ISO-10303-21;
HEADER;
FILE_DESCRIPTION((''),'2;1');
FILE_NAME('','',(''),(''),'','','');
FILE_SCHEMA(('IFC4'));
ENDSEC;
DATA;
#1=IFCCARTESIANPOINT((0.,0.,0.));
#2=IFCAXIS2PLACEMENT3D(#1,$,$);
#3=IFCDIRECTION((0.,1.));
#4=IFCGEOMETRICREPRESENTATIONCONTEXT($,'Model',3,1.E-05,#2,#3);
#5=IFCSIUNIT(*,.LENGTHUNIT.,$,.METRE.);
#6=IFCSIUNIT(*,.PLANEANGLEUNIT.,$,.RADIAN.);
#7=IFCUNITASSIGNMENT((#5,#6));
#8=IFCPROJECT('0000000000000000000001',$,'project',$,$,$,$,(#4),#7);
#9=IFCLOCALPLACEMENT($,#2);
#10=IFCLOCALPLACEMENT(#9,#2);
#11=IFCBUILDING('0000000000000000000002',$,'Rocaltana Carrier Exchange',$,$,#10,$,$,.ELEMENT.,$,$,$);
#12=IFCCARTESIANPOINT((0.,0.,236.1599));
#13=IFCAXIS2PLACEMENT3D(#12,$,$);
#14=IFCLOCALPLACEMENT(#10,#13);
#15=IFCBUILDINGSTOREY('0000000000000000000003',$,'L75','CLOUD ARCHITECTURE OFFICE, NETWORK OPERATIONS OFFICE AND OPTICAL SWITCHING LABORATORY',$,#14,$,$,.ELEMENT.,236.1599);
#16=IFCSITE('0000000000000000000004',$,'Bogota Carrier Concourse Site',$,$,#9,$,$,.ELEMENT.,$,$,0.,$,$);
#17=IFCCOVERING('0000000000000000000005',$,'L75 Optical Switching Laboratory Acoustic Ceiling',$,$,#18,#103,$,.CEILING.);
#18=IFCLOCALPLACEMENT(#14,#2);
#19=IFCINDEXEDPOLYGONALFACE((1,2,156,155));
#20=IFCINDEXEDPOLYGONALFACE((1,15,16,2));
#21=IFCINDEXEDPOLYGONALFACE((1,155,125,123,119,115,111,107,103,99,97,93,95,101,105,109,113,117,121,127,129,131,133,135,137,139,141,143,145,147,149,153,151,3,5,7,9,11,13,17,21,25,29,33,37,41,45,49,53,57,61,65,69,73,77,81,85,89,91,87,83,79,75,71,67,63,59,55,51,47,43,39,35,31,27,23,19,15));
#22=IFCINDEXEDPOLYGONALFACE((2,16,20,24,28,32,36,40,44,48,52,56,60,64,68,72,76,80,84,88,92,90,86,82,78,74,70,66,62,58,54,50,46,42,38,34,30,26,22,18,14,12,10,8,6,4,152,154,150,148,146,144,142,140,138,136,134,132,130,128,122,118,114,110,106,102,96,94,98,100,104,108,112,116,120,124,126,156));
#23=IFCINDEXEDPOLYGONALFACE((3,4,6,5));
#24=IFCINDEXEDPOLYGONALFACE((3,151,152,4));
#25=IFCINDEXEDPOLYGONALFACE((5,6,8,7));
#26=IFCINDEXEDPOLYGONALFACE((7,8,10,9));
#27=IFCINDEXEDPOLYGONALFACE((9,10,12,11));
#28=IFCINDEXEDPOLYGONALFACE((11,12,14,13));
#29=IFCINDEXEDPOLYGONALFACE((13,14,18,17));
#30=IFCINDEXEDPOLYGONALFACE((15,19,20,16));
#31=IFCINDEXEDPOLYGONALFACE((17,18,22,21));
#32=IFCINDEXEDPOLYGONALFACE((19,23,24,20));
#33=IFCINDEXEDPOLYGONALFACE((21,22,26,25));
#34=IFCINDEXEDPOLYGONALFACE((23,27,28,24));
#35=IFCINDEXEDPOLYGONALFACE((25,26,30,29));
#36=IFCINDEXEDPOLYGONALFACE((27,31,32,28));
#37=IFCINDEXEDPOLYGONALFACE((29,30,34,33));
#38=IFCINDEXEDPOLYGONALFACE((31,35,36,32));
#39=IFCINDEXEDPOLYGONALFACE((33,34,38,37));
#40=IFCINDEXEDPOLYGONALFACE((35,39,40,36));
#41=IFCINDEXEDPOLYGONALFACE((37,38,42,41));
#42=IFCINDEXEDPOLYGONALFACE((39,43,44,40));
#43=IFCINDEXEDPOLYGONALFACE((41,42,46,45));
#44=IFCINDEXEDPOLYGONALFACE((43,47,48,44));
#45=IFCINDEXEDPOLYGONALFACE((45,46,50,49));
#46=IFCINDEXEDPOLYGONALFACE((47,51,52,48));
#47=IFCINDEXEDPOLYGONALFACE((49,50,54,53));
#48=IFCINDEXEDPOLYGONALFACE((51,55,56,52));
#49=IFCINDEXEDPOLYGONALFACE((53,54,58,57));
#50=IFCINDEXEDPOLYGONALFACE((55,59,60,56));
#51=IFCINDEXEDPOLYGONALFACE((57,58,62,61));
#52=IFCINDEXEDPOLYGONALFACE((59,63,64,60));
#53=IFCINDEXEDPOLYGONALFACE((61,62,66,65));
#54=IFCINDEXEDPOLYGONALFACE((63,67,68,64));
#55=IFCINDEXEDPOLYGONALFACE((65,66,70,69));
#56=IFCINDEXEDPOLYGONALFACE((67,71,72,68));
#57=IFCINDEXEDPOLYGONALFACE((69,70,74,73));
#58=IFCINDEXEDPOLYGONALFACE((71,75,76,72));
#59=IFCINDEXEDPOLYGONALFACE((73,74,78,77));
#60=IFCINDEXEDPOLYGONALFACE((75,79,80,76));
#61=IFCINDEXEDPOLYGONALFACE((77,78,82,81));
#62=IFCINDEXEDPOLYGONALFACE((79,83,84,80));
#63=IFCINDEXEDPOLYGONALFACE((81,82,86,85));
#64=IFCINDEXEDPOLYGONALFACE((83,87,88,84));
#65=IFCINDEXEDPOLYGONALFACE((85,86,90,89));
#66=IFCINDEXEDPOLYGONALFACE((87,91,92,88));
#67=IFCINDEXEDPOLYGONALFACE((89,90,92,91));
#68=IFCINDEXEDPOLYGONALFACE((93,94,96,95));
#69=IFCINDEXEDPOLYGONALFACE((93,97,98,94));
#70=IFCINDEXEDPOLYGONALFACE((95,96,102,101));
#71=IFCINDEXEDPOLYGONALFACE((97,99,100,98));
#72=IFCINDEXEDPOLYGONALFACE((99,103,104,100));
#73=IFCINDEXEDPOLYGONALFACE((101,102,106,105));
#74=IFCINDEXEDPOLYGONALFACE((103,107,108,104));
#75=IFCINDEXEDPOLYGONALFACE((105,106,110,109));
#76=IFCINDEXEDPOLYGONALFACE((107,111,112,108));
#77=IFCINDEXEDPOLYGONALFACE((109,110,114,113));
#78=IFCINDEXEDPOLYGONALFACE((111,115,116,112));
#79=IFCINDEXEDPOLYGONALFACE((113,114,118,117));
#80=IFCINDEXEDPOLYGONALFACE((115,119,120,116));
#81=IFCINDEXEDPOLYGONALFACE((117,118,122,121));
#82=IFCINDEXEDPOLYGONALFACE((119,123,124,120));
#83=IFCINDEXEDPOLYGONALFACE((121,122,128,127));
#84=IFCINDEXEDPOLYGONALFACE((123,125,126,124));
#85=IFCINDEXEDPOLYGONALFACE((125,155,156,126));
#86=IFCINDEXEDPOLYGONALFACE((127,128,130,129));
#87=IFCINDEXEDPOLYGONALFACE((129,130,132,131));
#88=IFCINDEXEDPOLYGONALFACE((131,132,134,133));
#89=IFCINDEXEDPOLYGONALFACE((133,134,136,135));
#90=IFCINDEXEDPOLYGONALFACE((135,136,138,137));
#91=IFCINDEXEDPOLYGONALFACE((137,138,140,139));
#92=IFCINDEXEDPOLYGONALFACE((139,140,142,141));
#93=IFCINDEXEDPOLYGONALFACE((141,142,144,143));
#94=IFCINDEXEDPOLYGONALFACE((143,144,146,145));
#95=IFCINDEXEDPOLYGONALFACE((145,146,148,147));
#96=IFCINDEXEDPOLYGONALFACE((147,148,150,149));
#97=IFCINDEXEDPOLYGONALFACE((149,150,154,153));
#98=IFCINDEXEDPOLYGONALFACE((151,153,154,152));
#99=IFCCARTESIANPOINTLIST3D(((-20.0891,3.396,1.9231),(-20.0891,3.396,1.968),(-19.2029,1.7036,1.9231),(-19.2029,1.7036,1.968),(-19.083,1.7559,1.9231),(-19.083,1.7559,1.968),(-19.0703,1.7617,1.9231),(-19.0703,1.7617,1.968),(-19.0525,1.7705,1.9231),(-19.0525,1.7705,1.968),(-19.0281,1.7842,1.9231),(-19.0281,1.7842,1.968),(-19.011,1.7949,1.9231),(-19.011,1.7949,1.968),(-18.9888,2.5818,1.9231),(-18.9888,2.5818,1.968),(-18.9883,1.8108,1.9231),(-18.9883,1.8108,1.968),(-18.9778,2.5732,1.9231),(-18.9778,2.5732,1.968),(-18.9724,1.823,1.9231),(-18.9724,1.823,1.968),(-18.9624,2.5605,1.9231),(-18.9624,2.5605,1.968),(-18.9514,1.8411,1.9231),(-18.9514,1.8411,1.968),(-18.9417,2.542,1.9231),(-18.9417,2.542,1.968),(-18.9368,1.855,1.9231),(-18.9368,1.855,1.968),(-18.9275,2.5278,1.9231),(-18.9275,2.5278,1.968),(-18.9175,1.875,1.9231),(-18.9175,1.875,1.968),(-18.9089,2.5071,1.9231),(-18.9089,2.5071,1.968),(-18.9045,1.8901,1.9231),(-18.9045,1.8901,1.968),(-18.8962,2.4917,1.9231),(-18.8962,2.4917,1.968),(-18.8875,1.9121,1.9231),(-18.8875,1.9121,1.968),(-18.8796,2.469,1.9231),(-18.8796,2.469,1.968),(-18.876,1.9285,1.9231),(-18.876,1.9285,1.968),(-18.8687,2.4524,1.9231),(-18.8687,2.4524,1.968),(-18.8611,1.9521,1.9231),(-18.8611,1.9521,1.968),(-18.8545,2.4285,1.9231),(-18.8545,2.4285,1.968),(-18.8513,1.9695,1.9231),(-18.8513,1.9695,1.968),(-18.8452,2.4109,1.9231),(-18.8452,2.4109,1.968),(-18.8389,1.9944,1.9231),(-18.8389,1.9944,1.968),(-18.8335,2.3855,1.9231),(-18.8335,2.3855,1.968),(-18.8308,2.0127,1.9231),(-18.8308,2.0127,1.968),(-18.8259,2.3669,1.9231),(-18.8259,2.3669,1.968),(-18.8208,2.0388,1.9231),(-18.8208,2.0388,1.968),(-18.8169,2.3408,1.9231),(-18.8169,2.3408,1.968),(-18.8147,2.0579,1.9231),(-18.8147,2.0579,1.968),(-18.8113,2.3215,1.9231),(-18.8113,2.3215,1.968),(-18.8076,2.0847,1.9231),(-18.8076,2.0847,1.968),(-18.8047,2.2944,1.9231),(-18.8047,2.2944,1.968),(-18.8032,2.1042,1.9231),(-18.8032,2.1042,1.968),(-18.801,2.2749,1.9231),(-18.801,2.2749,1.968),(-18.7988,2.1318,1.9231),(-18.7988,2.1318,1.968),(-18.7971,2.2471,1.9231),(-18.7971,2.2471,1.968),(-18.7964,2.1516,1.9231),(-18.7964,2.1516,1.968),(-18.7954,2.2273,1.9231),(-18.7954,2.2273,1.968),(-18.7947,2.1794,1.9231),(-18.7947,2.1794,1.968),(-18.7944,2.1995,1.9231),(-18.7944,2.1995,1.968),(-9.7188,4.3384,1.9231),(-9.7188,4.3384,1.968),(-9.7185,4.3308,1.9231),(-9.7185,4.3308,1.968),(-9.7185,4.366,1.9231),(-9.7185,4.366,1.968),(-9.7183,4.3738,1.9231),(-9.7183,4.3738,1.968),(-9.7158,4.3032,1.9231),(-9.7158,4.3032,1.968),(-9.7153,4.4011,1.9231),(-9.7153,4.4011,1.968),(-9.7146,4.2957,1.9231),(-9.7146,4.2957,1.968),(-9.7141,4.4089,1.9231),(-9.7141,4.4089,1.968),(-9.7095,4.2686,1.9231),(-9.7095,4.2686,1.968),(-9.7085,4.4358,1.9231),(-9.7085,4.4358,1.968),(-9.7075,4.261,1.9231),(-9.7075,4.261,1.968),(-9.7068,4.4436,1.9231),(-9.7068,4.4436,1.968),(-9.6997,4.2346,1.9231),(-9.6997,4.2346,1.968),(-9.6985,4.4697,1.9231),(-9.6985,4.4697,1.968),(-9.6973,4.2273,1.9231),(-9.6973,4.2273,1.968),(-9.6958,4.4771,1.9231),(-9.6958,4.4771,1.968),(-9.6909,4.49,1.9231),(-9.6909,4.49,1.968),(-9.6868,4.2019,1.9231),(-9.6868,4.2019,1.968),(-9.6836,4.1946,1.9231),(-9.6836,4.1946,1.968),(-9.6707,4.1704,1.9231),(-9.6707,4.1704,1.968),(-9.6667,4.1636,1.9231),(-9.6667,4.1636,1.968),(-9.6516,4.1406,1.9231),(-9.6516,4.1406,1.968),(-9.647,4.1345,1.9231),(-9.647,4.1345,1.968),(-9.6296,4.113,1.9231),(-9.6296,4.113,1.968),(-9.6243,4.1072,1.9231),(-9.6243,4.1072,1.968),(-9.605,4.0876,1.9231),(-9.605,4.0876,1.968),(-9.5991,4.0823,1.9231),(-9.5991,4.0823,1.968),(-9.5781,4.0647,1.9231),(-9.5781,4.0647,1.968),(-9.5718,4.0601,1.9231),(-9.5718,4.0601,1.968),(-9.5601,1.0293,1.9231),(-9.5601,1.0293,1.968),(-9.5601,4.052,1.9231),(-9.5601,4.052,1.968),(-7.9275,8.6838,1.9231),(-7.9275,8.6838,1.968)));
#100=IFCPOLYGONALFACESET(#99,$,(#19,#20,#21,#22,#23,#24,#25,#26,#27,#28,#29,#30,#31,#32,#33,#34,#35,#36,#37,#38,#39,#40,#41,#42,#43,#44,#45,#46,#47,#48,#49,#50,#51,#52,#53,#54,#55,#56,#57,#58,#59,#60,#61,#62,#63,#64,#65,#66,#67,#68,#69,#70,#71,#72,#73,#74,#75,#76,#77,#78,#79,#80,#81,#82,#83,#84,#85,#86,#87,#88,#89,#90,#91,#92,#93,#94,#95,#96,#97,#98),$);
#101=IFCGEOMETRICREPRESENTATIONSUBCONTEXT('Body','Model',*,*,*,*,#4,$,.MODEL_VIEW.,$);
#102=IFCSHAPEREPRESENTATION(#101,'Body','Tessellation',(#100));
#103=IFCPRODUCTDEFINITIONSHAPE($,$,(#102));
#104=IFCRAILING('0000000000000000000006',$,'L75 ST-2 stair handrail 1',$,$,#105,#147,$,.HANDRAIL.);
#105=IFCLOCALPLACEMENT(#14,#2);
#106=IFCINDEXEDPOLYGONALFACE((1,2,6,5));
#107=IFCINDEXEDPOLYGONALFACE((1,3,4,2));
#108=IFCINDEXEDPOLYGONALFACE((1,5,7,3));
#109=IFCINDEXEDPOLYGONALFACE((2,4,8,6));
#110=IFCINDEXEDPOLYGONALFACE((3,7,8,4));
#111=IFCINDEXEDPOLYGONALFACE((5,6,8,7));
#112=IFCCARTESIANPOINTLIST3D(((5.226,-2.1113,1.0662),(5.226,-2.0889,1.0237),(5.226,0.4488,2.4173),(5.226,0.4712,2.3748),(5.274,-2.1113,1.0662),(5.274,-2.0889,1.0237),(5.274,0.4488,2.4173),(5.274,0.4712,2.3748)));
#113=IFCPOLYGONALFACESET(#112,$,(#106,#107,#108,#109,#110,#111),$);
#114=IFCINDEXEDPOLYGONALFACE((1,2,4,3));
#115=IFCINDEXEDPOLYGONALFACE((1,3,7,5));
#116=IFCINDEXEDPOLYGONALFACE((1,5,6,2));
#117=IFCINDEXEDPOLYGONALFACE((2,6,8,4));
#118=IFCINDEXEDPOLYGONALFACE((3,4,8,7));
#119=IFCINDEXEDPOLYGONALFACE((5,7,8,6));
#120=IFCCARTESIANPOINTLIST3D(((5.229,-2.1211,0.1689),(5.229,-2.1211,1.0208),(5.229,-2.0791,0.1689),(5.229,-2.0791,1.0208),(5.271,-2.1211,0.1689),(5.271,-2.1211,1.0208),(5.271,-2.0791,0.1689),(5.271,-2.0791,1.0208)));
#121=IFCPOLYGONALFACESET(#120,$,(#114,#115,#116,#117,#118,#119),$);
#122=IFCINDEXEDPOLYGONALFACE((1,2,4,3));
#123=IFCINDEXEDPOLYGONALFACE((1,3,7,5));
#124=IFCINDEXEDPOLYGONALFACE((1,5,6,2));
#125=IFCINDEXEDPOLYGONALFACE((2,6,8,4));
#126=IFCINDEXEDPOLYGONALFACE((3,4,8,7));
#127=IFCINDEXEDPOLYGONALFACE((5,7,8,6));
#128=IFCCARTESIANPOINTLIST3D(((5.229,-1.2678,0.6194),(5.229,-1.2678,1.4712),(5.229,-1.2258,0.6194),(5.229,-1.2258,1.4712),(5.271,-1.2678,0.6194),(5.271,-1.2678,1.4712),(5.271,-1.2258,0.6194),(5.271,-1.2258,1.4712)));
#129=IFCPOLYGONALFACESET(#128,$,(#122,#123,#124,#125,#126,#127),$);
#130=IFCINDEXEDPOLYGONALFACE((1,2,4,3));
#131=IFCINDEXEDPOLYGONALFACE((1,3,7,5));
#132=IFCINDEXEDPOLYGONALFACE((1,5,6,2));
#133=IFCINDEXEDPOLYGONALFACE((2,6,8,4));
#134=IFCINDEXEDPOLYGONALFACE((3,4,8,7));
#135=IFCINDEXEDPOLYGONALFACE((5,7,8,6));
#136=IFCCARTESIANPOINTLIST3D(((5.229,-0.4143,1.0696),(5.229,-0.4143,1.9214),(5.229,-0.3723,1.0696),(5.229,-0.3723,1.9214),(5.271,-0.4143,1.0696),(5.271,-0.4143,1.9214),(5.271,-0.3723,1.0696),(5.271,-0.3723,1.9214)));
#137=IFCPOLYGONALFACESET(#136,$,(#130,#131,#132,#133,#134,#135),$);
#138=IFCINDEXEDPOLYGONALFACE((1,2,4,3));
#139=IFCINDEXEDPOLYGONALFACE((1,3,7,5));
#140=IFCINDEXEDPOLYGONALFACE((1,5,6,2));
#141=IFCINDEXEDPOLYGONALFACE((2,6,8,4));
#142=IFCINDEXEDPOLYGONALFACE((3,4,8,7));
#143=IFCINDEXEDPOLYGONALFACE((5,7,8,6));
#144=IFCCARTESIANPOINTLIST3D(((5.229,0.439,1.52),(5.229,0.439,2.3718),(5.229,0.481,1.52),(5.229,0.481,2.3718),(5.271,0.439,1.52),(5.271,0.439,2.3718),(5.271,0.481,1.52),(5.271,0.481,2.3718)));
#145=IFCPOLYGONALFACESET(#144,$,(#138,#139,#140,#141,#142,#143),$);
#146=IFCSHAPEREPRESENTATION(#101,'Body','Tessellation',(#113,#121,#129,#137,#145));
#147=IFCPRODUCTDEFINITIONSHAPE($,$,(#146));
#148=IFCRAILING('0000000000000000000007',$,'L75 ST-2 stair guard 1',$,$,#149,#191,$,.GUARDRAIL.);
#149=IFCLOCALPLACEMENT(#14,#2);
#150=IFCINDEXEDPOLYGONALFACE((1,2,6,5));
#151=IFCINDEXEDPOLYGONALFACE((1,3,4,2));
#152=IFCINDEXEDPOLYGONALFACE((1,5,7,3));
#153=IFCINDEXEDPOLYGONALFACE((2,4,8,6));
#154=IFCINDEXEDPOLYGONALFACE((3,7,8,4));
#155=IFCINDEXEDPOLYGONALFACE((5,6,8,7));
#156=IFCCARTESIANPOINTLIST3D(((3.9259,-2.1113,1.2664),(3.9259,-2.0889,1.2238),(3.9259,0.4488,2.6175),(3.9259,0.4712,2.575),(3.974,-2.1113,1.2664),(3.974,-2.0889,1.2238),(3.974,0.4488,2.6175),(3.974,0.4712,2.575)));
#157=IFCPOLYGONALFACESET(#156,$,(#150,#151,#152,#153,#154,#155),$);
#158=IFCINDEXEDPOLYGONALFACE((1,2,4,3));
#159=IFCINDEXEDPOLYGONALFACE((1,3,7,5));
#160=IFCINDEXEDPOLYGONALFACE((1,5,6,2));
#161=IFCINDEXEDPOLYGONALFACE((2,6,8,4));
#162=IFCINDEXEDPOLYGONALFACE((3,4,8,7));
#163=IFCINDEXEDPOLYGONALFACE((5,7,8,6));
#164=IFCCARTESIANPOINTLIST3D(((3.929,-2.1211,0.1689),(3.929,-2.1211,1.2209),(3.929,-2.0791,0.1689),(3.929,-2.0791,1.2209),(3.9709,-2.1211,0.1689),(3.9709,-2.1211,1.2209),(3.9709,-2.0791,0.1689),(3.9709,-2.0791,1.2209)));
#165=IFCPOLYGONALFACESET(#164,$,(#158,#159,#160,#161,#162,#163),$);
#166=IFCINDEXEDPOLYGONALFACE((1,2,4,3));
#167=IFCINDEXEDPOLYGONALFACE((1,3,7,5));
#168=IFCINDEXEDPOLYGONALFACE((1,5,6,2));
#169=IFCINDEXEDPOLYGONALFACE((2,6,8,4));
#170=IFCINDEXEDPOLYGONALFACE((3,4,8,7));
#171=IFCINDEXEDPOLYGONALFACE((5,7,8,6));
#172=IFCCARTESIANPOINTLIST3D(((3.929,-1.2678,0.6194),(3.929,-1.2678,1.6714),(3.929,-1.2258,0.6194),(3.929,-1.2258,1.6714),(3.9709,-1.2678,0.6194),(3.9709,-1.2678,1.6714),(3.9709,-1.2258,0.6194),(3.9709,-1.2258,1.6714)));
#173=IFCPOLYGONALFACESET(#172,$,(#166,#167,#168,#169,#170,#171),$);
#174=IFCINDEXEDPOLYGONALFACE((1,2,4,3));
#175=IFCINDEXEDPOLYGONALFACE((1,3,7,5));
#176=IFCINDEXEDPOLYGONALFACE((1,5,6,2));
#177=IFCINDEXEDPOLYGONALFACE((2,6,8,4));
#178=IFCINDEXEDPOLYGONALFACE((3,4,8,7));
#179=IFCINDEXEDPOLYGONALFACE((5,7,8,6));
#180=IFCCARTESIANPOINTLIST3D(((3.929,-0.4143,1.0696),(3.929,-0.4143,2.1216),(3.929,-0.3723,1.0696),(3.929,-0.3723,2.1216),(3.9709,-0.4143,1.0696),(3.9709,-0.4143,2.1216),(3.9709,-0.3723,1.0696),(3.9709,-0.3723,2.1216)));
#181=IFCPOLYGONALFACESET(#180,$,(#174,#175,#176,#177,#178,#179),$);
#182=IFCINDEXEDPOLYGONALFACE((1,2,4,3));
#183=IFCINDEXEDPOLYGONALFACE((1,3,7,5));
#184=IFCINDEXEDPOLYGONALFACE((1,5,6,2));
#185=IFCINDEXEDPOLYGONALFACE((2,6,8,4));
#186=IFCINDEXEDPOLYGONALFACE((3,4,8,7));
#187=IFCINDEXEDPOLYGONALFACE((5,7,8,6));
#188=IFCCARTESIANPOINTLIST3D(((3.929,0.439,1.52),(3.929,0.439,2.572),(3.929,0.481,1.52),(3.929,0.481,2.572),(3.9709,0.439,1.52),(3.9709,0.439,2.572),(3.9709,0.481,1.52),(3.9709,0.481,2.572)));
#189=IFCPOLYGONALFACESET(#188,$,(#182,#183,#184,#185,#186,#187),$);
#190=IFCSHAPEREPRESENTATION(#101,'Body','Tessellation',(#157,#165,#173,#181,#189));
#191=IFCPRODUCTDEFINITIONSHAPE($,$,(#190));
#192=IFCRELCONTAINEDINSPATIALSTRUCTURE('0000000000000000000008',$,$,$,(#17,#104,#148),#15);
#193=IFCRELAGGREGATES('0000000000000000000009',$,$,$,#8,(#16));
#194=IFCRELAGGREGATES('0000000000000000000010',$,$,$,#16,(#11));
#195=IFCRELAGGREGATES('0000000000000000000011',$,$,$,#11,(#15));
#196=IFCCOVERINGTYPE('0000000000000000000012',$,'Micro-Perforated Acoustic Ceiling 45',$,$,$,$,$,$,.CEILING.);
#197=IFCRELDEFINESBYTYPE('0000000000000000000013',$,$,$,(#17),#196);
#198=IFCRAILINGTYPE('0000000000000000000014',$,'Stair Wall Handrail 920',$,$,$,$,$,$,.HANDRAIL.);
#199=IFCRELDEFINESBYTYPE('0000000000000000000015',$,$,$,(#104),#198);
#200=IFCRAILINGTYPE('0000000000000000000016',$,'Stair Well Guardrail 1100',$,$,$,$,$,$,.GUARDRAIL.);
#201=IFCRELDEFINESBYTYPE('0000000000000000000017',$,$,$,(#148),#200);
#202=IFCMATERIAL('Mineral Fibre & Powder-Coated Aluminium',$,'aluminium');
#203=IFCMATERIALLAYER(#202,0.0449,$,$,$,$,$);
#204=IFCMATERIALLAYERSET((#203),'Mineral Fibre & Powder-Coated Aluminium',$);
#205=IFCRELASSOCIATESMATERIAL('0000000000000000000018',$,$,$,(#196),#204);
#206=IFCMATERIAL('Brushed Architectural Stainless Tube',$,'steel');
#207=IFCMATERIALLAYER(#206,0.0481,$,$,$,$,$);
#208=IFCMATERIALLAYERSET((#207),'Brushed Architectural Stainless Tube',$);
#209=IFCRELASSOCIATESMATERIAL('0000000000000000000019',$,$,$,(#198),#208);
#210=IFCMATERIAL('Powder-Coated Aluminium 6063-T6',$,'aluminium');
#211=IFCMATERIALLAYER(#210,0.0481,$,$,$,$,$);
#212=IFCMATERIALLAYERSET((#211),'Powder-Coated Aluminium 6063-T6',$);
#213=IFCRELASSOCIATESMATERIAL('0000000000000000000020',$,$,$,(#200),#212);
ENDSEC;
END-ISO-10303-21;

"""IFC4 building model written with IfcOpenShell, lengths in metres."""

from ifc_helpers import new_model, si_unit, direction, frame, origin, origin_2d, place, context, subcontext, project, spatial, polyline, rectangle, outline, extrude, material, layer, layer_set, type_object, element, save


model = new_model("IFC4")

# Units and contexts
model_context = context("Model", 3, precision=1e-05, world=origin(), true_north=direction((0.0, 1.0)))
body_context = subcontext(model_context, "Body", "Model", "MODEL_VIEW")
ifc_project = project(units=[si_unit("LENGTHUNIT", "METRE"), si_unit("PLANEANGLEUNIT", "RADIAN")], contexts=[model_context])

# Site, building, storey
site_placement = place(None, origin())
site = spatial("IfcSite", under=ifc_project, at=site_placement, Name="Bogota Carrier Concourse Site", CompositionType="ELEMENT", RefElevation=0.0)
building_placement = place(site_placement, origin())
building = spatial("IfcBuilding", under=site, at=building_placement, Name="Rocaltana Carrier Exchange", CompositionType="ELEMENT")
storey_placement = place(building_placement, frame((0.0, 0.0, 236.1599)))
storey = spatial("IfcBuildingStorey", under=building, at=storey_placement, Name="L75", Description="CLOUD ARCHITECTURE OFFICE, NETWORK OPERATIONS OFFICE AND OPTICAL SWITCHING LABORATORY", CompositionType="ELEMENT", Elevation=236.1599)

# Covering
ifc_material_1 = material(Name="Mineral Fibre & Powder-Coated Aluminium", Category="aluminium")
ifc_layer_1 = layer(ifc_material_1, 0.0449)
ifc_layer_set_1 = layer_set([ifc_layer_1], Name="Mineral Fibre & Powder-Coated Aluminium")
covering_type_1 = type_object("IfcCoveringType", Name="Micro-Perforated Acoustic Ceiling 45", PredefinedType="CEILING", material=ifc_layer_set_1)
covering_1_placement = place(storey_placement, frame((0.0, 0.0, 1.9231)))
element("IfcCovering", 1, at=covering_1_placement, inside=storey, type_object=covering_type_1, Name="L75 Optical Switching Laboratory Acoustic Ceiling", PredefinedType="CEILING", context=body_context, shape_type="SweptSolid", body=[
    extrude(outline(polyline([(-19.083, 1.7559), (-19.0703, 1.7617), (-19.0525, 1.7705), (-19.0281, 1.7842), (-19.011, 1.7949), (-18.9883, 1.8108), (-18.9724, 1.823), (-18.9514, 1.8411), (-18.9368, 1.855), (-18.9175, 1.875), (-18.9045, 1.8901), (-18.8875, 1.9121), (-18.876, 1.9285), (-18.8611, 1.9521), (-18.8513, 1.9695), (-18.8389, 1.9944), (-18.8308, 2.0127), (-18.8208, 2.0388), (-18.8147, 2.0579), (-18.8076, 2.0847), (-18.8032, 2.1042), (-18.7988, 2.1318), (-18.7964, 2.1516), (-18.7947, 2.1794), (-18.7944, 2.1995), (-18.7954, 2.2273), (-18.7971, 2.2471), (-18.801, 2.2749), (-18.8047, 2.2944), (-18.8113, 2.3215), (-18.8169, 2.3408), (-18.8259, 2.3669), (-18.8335, 2.3855), (-18.8452, 2.4109), (-18.8545, 2.4285), (-18.8687, 2.4524), (-18.8796, 2.469), (-18.8962, 2.4917), (-18.9089, 2.5071), (-18.9275, 2.5278), (-18.9417, 2.542), (-18.9624, 2.5605), (-18.9778, 2.5732), (-18.9888, 2.5818), (-20.0891, 3.396), (-7.9275, 8.6838), (-9.6909, 4.49), (-9.6958, 4.4771), (-9.6985, 4.4697), (-9.7068, 4.4436), (-9.7085, 4.4358), (-9.7141, 4.4089), (-9.7153, 4.4011), (-9.7183, 4.3738), (-9.7185, 4.366), (-9.7188, 4.3384), (-9.7185, 4.3308), (-9.7158, 4.3032), (-9.7146, 4.2957), (-9.7095, 4.2686), (-9.7075, 4.261), (-9.6997, 4.2346), (-9.6973, 4.2273), (-9.6868, 4.2019), (-9.6836, 4.1946), (-9.6707, 4.1704), (-9.6667, 4.1636), (-9.6516, 4.1406), (-9.647, 4.1345), (-9.6296, 4.113), (-9.6243, 4.1072), (-9.605, 4.0876), (-9.5991, 4.0823), (-9.5781, 4.0647), (-9.5718, 4.0601), (-9.5601, 4.052), (-9.5601, 1.0293), (-19.2029, 1.7036), (-19.083, 1.7559)])), origin(), (0.0, 0.0, 1.0), 0.0449),
])

# Railings
ifc_material_2 = material(Name="Brushed Architectural Stainless Tube", Category="steel")
ifc_layer_2 = layer(ifc_material_2, 0.0481)
ifc_layer_set_2 = layer_set([ifc_layer_2], Name="Brushed Architectural Stainless Tube")
railing_type_1 = type_object("IfcRailingType", Name="Stair Wall Handrail 920", PredefinedType="HANDRAIL", material=ifc_layer_set_2)
railing_1_placement = place(storey_placement, frame((5.25, -2.1001, 0.1689)))
element("IfcRailing", 2, at=railing_1_placement, inside=storey, type_object=railing_type_1, Name="L75 ST-2 stair handrail 1", PredefinedType="HANDRAIL", context=body_context, shape_type="SweptSolid", body=[
    extrude(rectangle(XDim=0.0481, YDim=0.0481, at=origin_2d()), frame((0.0, 0.0, 0.876), z_axis=(0.0, 0.884394, 0.46674), x_axis=(-1.0, 0.0, 0.0)), (0.0, 0.0, 1.0), 2.8948),
    extrude(rectangle(XDim=0.042, YDim=0.042, at=origin_2d()), origin(), (0.0, 0.0, 1.0), 0.8518),
    extrude(rectangle(XDim=0.042, YDim=0.042, at=origin_2d()), frame((0.0, 0.8533, 0.4504)), (0.0, 0.0, 1.0), 0.8518),
    extrude(rectangle(XDim=0.042, YDim=0.042, at=origin_2d()), frame((0.0, 1.7068, 0.9006)), (0.0, 0.0, 1.0), 0.8518),
    extrude(rectangle(XDim=0.042, YDim=0.042, at=origin_2d()), frame((0.0, 2.5601, 1.3511)), (0.0, 0.0, 1.0), 0.8518),
])
ifc_material_3 = material(Name="Powder-Coated Aluminium 6063-T6", Category="aluminium")
ifc_layer_3 = layer(ifc_material_3, 0.0481)
ifc_layer_set_3 = layer_set([ifc_layer_3], Name="Powder-Coated Aluminium 6063-T6")
railing_type_2 = type_object("IfcRailingType", Name="Stair Well Guardrail 1100", PredefinedType="GUARDRAIL", material=ifc_layer_set_3)
railing_2_placement = place(storey_placement, frame((3.95, -2.1001, 0.1689)))
element("IfcRailing", 3, at=railing_2_placement, inside=storey, type_object=railing_type_2, Name="L75 ST-2 stair guard 1", PredefinedType="GUARDRAIL", context=body_context, shape_type="SweptSolid", body=[
    extrude(rectangle(XDim=0.0481, YDim=0.0481, at=origin_2d()), frame((0.0, 0.0, 1.0762), z_axis=(0.0, 0.884394, 0.46674), x_axis=(-1.0, 0.0, 0.0)), (0.0, 0.0, 1.0), 2.8948),
    extrude(rectangle(XDim=0.042, YDim=0.042, at=origin_2d()), origin(), (0.0, 0.0, 1.0), 1.052),
    extrude(rectangle(XDim=0.042, YDim=0.042, at=origin_2d()), frame((0.0, 0.8533, 0.4504)), (0.0, 0.0, 1.0), 1.052),
    extrude(rectangle(XDim=0.042, YDim=0.042, at=origin_2d()), frame((0.0, 1.7068, 0.9006)), (0.0, 0.0, 1.0), 1.052),
    extrude(rectangle(XDim=0.042, YDim=0.042, at=origin_2d()), frame((0.0, 2.5601, 1.3511)), (0.0, 0.0, 1.0), 1.052),
])

save(model, "model.ifc")
